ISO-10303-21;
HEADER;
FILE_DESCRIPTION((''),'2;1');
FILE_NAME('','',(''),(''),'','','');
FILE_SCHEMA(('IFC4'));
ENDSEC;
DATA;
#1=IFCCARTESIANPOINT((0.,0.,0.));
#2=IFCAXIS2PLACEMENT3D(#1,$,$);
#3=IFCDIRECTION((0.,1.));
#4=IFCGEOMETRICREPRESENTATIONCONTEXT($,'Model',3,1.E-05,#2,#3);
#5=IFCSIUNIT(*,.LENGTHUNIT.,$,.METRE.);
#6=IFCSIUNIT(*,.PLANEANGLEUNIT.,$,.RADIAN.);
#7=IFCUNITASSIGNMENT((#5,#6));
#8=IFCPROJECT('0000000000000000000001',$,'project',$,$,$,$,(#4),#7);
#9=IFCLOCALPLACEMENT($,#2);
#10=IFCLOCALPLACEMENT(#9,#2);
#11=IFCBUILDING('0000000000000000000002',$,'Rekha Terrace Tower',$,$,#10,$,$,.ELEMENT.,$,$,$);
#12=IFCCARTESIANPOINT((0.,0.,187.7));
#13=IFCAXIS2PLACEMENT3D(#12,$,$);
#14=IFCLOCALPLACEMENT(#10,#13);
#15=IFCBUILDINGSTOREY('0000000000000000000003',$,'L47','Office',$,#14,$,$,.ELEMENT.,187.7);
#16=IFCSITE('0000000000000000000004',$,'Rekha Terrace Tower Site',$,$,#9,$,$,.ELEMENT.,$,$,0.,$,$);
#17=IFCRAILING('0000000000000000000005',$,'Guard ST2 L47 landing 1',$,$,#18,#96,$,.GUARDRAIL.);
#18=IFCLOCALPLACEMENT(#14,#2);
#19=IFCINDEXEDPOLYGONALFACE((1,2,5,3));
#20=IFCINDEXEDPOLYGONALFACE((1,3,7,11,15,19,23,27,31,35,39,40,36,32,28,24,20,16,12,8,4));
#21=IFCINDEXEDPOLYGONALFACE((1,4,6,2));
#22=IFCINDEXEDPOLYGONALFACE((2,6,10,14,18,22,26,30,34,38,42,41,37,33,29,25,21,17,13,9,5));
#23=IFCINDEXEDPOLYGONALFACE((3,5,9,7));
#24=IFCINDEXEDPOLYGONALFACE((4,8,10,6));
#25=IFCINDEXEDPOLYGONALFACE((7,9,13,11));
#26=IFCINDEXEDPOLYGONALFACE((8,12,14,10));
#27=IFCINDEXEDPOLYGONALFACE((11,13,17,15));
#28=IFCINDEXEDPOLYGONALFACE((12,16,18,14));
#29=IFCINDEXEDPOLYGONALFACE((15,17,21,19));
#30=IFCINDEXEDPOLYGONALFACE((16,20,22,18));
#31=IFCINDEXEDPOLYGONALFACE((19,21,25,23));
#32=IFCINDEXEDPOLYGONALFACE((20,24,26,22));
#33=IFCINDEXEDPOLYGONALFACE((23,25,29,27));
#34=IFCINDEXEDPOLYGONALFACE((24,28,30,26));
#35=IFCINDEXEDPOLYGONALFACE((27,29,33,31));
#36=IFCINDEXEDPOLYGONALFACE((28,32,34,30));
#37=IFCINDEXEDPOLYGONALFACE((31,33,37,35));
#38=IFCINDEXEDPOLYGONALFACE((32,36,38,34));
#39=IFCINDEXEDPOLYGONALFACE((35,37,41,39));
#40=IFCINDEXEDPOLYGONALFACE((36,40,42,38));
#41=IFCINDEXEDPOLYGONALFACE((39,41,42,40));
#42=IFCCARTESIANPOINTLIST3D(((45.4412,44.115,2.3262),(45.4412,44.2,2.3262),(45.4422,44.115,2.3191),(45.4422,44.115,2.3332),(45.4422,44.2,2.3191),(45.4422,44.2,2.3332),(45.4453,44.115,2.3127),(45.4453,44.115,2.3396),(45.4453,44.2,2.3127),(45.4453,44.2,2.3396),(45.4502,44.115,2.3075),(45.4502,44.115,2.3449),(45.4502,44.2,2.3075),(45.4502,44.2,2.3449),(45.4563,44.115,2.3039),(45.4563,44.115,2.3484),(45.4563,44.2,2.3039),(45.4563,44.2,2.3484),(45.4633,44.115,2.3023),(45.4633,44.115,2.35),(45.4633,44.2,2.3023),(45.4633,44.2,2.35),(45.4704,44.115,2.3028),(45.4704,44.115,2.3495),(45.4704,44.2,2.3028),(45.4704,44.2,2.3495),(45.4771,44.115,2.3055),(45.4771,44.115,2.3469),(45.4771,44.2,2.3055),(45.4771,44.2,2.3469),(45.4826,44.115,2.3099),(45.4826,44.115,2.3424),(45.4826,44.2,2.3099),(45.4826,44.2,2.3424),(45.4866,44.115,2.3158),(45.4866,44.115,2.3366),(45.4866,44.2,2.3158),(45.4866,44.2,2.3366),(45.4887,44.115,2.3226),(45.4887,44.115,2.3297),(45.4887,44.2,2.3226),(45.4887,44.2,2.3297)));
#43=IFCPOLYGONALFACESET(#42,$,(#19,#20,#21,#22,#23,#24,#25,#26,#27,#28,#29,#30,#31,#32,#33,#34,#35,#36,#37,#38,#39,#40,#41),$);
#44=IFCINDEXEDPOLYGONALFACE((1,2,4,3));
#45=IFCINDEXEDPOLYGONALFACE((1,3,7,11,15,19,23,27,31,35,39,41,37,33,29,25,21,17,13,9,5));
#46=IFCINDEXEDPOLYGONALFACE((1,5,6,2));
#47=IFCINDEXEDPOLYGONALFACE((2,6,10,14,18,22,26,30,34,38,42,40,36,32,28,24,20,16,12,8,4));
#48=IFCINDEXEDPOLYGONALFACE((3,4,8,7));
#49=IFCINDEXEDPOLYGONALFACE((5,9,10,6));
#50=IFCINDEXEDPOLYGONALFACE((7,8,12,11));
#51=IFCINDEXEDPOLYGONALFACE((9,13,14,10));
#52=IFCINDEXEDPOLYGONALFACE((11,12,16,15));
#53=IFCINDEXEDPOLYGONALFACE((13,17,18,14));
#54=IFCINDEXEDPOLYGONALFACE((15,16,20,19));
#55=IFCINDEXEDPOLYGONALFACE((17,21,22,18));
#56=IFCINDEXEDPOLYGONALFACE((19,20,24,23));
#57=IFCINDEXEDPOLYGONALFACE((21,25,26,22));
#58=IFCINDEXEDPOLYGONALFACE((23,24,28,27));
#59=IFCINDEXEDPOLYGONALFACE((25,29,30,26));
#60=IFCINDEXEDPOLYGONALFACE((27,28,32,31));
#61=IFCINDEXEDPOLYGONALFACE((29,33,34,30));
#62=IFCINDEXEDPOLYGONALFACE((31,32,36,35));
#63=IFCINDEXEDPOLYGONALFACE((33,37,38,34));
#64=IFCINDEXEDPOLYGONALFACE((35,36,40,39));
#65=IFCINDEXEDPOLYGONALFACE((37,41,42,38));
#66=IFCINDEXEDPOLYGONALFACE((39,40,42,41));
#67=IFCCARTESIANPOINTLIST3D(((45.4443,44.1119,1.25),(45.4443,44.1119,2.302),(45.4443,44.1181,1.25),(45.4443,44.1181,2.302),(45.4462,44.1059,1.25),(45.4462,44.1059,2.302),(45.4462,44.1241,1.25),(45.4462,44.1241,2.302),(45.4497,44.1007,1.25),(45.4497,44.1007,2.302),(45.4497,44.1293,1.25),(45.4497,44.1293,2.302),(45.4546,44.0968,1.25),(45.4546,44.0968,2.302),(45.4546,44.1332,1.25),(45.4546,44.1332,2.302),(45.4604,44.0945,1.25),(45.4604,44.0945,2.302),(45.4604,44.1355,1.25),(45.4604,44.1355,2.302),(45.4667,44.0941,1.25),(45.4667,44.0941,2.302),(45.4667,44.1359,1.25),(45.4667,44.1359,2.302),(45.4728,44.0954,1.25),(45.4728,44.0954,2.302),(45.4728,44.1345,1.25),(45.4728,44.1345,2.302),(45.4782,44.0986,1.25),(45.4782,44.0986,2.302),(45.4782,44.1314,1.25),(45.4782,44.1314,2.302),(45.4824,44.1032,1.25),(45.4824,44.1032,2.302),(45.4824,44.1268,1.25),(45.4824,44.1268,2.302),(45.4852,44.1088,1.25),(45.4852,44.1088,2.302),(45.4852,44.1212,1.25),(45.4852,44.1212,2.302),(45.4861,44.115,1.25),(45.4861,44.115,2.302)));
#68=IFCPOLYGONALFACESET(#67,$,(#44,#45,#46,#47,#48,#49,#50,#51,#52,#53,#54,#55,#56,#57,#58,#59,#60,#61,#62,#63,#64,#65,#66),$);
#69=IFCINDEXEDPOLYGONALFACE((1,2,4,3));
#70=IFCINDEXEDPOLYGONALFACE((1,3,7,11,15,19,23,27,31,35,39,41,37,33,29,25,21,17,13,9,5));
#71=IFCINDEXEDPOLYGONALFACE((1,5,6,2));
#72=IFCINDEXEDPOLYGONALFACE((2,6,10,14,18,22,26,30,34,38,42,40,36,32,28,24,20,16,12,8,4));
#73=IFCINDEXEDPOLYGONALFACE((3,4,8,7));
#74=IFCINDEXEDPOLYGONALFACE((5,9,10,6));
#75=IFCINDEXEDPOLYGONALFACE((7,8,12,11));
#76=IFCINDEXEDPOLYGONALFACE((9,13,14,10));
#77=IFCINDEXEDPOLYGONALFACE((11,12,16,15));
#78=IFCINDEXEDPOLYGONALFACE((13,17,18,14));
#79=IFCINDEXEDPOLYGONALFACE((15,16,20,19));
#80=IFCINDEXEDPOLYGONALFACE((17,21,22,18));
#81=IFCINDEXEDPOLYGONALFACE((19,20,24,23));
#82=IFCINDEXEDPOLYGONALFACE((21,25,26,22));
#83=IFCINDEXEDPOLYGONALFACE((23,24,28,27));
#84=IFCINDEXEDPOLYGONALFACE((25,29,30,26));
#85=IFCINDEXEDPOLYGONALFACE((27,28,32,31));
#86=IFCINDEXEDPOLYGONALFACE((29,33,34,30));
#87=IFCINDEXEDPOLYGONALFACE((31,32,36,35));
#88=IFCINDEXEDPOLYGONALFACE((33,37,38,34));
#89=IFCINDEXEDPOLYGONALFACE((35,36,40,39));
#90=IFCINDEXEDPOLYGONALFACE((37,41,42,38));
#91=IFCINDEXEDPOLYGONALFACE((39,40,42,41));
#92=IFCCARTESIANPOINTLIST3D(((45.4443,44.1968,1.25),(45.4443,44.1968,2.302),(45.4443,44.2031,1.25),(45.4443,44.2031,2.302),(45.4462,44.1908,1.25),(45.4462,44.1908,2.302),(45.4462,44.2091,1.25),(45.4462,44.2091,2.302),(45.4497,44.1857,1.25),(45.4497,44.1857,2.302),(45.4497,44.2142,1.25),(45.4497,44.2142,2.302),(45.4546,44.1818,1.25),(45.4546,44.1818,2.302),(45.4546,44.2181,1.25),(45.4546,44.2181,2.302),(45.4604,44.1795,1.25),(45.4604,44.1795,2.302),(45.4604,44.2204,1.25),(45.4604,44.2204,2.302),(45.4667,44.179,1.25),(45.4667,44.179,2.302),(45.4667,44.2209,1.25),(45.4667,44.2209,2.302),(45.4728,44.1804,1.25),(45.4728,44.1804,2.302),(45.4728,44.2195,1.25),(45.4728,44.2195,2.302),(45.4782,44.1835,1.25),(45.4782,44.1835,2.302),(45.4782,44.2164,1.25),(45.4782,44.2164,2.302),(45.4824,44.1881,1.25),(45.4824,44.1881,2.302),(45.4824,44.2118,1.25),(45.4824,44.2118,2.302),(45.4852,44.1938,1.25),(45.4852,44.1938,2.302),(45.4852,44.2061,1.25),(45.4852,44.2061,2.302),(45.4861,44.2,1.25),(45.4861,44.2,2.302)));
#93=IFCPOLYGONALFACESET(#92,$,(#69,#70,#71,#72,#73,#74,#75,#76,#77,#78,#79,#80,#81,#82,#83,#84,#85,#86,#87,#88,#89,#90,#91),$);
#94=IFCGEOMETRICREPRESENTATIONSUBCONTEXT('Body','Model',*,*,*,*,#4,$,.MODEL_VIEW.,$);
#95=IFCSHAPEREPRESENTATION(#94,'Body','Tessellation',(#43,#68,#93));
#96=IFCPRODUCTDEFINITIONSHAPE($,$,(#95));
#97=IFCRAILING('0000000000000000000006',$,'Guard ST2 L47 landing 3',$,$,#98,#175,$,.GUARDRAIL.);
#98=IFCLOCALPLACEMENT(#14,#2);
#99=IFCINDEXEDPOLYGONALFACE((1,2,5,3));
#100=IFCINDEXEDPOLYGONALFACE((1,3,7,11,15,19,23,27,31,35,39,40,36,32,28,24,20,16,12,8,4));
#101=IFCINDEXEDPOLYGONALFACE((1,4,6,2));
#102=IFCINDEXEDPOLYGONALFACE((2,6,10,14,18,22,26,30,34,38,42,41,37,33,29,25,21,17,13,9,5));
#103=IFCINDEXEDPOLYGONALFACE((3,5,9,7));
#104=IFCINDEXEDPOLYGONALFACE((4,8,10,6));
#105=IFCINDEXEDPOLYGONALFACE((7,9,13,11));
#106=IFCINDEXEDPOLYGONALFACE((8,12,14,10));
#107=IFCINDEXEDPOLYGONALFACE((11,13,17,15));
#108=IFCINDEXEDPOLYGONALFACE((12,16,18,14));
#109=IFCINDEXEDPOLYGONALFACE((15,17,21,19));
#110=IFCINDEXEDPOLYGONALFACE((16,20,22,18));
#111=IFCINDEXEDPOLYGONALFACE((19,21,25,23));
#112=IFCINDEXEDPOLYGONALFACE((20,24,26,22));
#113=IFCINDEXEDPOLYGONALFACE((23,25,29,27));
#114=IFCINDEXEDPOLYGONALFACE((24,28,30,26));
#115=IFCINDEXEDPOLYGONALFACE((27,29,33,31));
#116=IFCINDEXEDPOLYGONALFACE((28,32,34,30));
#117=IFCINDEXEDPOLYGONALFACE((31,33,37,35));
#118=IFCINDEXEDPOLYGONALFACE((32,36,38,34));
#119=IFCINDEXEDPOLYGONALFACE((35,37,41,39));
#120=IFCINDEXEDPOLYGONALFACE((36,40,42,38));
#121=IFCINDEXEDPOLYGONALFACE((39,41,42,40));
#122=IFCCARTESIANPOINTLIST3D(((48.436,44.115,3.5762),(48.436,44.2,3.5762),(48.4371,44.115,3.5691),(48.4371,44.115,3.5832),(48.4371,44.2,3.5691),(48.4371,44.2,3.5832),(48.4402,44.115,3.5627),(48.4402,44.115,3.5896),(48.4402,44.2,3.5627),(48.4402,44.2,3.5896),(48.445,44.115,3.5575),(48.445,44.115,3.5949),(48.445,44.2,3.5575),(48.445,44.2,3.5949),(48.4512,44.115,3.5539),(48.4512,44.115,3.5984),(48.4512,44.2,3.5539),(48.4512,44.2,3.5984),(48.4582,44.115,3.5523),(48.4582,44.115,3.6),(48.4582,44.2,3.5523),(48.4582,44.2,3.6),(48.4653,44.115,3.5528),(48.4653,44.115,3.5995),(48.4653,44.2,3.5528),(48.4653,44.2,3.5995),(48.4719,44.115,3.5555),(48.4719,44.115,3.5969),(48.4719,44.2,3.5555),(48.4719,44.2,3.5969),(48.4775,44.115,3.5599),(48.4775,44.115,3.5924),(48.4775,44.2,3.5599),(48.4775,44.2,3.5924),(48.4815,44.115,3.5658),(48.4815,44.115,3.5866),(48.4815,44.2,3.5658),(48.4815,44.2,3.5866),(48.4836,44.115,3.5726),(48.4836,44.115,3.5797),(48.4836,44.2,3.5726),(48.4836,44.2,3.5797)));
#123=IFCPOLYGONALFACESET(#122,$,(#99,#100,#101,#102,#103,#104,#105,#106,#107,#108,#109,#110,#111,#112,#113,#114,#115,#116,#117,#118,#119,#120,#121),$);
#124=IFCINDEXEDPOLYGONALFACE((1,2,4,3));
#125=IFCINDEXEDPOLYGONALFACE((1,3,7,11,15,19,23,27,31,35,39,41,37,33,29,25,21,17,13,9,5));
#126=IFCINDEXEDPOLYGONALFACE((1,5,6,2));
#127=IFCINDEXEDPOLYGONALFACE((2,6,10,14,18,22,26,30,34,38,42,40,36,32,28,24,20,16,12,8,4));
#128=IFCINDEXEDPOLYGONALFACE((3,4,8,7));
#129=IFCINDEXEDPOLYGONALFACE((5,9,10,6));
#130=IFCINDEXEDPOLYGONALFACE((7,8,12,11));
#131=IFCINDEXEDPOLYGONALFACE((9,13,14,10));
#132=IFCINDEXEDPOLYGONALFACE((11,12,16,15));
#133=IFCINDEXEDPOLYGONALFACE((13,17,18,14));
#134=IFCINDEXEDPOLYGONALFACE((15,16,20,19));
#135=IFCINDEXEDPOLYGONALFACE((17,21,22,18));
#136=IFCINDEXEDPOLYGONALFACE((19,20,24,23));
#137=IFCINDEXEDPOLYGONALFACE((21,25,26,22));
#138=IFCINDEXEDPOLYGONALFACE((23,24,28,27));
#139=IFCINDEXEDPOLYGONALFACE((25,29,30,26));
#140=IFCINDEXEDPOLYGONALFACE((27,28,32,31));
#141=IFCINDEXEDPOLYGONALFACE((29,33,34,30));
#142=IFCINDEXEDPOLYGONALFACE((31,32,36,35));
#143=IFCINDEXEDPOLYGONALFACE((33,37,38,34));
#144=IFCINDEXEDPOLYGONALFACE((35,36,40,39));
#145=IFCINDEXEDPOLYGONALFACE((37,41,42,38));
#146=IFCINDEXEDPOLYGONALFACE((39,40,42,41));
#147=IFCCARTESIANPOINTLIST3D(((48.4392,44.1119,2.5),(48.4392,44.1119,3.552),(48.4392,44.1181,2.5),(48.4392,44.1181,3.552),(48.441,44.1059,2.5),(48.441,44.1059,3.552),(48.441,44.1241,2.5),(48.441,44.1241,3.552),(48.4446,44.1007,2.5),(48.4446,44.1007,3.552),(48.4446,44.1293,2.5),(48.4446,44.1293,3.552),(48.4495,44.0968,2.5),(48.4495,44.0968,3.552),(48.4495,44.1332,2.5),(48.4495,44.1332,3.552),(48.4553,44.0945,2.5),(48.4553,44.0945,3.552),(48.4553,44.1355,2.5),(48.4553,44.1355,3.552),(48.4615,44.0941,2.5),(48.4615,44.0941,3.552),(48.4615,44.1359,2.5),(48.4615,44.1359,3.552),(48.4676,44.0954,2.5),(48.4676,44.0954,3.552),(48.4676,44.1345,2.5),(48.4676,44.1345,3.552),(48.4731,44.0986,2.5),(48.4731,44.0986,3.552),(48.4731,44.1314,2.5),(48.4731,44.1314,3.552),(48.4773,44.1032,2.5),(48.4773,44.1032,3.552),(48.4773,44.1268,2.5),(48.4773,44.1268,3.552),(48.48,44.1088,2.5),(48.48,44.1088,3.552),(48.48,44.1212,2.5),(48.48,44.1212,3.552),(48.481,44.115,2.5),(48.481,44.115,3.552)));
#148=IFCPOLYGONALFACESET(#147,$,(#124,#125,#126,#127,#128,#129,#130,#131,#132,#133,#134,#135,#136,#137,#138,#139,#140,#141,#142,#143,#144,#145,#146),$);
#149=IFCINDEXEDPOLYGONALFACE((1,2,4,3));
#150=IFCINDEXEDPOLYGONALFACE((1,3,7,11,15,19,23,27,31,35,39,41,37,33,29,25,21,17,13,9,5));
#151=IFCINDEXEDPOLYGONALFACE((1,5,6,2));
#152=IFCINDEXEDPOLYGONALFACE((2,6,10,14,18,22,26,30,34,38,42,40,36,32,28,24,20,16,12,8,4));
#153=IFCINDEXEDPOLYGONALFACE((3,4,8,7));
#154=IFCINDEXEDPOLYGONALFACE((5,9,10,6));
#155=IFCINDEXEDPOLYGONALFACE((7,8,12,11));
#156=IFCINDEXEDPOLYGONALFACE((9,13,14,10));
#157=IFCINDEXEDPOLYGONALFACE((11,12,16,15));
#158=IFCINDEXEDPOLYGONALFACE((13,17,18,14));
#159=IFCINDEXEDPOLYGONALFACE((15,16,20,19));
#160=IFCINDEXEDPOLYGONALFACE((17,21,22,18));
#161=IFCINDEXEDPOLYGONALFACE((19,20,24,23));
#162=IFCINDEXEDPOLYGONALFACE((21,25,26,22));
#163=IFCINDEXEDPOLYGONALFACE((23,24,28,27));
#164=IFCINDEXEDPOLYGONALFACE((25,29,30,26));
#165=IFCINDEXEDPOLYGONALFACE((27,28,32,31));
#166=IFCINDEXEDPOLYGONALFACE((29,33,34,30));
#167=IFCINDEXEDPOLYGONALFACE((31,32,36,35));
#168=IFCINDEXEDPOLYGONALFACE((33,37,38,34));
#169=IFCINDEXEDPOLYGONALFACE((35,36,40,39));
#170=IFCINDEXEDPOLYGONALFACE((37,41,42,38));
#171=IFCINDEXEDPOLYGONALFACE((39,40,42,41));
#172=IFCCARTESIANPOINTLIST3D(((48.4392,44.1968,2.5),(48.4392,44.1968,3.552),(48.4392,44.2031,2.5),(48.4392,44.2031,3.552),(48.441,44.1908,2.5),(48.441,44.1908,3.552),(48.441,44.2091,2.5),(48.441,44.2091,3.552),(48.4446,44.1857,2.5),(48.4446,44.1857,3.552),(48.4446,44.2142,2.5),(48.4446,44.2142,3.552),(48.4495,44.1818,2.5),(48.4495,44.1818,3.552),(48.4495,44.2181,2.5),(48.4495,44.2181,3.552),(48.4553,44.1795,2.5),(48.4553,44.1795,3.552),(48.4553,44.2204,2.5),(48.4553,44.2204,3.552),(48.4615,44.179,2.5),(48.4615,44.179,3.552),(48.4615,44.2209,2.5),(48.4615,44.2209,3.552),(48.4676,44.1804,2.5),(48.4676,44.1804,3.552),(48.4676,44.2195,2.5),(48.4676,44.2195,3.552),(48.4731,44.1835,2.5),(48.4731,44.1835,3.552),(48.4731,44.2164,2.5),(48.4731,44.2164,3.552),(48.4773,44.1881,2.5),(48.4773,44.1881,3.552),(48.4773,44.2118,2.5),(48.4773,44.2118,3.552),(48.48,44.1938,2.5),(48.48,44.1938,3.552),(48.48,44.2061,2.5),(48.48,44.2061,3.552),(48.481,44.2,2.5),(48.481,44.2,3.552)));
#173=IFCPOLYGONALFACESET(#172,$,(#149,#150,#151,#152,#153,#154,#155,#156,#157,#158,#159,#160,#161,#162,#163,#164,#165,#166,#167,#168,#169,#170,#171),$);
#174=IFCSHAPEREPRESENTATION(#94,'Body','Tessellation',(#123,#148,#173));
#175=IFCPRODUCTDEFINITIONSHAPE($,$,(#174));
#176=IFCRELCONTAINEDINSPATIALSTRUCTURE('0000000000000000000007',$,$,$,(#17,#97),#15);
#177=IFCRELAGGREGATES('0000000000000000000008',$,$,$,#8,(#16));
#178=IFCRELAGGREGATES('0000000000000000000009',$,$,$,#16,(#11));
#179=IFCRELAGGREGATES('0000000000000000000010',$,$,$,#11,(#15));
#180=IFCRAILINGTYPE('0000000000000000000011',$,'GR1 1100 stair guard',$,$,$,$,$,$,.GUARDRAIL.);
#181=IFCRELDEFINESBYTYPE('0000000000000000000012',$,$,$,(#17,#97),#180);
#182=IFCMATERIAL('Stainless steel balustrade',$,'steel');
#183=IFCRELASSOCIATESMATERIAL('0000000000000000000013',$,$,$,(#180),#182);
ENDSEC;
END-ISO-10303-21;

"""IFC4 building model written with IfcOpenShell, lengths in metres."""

from ifc_helpers import new_model, si_unit, direction, frame, origin, origin_2d, place, context, subcontext, project, spatial, circle, extrude, material, type_object, element, save


model = new_model("IFC4")

# Units and contexts
model_context = context("Model", 3, precision=1e-05, world=origin(), true_north=direction((0.0, 1.0)))
body_context = subcontext(model_context, "Body", "Model", "MODEL_VIEW")
ifc_project = project(units=[si_unit("LENGTHUNIT", "METRE"), si_unit("PLANEANGLEUNIT", "RADIAN")], contexts=[model_context])

# Site, building, storey
site_placement = place(None, origin())
site = spatial("IfcSite", under=ifc_project, at=site_placement, Name="Rekha Terrace Tower Site", CompositionType="ELEMENT", RefElevation=0.0)
building_placement = place(site_placement, origin())
building = spatial("IfcBuilding", under=site, at=building_placement, Name="Rekha Terrace Tower", CompositionType="ELEMENT")
storey_placement = place(building_placement, frame((0.0, 0.0, 187.7)))
storey = spatial("IfcBuildingStorey", under=building, at=storey_placement, Name="L47", Description="Office", CompositionType="ELEMENT", Elevation=187.7)

# Railings
ifc_material_1 = material(Name="Stainless steel balustrade", Category="steel")
railing_type_1 = type_object("IfcRailingType", Name="GR1 1100 stair guard", PredefinedType="GUARDRAIL", material=ifc_material_1)
for number, where, name in (
    (1, (45.4651, 44.115, 1.25), "Guard ST2 L47 landing 1"),
    (2, (48.46, 44.115, 2.5), "Guard ST2 L47 landing 3"),
):
    element("IfcRailing", number, at=place(storey_placement, frame(where)), inside=storey, type_object=railing_type_1, Name=name, PredefinedType="GUARDRAIL", context=body_context, shape_type="SweptSolid", body=[
        extrude(circle(Radius=0.0239, at=origin_2d()), frame((0.0, 0.0, 1.0762), z_axis=(0.0, 1.0, 0.0), x_axis=(-1.0, 0.0, 0.0)), (0.0, 0.0, 1.0), 0.085),
        extrude(circle(Radius=0.021, at=origin_2d()), origin(), (0.0, 0.0, 1.0), 1.052),
        extrude(circle(Radius=0.021, at=origin_2d()), frame((0.0, 0.085, 0.0)), (0.0, 0.0, 1.0), 1.052),
    ])

save(model, "model.ifc")
